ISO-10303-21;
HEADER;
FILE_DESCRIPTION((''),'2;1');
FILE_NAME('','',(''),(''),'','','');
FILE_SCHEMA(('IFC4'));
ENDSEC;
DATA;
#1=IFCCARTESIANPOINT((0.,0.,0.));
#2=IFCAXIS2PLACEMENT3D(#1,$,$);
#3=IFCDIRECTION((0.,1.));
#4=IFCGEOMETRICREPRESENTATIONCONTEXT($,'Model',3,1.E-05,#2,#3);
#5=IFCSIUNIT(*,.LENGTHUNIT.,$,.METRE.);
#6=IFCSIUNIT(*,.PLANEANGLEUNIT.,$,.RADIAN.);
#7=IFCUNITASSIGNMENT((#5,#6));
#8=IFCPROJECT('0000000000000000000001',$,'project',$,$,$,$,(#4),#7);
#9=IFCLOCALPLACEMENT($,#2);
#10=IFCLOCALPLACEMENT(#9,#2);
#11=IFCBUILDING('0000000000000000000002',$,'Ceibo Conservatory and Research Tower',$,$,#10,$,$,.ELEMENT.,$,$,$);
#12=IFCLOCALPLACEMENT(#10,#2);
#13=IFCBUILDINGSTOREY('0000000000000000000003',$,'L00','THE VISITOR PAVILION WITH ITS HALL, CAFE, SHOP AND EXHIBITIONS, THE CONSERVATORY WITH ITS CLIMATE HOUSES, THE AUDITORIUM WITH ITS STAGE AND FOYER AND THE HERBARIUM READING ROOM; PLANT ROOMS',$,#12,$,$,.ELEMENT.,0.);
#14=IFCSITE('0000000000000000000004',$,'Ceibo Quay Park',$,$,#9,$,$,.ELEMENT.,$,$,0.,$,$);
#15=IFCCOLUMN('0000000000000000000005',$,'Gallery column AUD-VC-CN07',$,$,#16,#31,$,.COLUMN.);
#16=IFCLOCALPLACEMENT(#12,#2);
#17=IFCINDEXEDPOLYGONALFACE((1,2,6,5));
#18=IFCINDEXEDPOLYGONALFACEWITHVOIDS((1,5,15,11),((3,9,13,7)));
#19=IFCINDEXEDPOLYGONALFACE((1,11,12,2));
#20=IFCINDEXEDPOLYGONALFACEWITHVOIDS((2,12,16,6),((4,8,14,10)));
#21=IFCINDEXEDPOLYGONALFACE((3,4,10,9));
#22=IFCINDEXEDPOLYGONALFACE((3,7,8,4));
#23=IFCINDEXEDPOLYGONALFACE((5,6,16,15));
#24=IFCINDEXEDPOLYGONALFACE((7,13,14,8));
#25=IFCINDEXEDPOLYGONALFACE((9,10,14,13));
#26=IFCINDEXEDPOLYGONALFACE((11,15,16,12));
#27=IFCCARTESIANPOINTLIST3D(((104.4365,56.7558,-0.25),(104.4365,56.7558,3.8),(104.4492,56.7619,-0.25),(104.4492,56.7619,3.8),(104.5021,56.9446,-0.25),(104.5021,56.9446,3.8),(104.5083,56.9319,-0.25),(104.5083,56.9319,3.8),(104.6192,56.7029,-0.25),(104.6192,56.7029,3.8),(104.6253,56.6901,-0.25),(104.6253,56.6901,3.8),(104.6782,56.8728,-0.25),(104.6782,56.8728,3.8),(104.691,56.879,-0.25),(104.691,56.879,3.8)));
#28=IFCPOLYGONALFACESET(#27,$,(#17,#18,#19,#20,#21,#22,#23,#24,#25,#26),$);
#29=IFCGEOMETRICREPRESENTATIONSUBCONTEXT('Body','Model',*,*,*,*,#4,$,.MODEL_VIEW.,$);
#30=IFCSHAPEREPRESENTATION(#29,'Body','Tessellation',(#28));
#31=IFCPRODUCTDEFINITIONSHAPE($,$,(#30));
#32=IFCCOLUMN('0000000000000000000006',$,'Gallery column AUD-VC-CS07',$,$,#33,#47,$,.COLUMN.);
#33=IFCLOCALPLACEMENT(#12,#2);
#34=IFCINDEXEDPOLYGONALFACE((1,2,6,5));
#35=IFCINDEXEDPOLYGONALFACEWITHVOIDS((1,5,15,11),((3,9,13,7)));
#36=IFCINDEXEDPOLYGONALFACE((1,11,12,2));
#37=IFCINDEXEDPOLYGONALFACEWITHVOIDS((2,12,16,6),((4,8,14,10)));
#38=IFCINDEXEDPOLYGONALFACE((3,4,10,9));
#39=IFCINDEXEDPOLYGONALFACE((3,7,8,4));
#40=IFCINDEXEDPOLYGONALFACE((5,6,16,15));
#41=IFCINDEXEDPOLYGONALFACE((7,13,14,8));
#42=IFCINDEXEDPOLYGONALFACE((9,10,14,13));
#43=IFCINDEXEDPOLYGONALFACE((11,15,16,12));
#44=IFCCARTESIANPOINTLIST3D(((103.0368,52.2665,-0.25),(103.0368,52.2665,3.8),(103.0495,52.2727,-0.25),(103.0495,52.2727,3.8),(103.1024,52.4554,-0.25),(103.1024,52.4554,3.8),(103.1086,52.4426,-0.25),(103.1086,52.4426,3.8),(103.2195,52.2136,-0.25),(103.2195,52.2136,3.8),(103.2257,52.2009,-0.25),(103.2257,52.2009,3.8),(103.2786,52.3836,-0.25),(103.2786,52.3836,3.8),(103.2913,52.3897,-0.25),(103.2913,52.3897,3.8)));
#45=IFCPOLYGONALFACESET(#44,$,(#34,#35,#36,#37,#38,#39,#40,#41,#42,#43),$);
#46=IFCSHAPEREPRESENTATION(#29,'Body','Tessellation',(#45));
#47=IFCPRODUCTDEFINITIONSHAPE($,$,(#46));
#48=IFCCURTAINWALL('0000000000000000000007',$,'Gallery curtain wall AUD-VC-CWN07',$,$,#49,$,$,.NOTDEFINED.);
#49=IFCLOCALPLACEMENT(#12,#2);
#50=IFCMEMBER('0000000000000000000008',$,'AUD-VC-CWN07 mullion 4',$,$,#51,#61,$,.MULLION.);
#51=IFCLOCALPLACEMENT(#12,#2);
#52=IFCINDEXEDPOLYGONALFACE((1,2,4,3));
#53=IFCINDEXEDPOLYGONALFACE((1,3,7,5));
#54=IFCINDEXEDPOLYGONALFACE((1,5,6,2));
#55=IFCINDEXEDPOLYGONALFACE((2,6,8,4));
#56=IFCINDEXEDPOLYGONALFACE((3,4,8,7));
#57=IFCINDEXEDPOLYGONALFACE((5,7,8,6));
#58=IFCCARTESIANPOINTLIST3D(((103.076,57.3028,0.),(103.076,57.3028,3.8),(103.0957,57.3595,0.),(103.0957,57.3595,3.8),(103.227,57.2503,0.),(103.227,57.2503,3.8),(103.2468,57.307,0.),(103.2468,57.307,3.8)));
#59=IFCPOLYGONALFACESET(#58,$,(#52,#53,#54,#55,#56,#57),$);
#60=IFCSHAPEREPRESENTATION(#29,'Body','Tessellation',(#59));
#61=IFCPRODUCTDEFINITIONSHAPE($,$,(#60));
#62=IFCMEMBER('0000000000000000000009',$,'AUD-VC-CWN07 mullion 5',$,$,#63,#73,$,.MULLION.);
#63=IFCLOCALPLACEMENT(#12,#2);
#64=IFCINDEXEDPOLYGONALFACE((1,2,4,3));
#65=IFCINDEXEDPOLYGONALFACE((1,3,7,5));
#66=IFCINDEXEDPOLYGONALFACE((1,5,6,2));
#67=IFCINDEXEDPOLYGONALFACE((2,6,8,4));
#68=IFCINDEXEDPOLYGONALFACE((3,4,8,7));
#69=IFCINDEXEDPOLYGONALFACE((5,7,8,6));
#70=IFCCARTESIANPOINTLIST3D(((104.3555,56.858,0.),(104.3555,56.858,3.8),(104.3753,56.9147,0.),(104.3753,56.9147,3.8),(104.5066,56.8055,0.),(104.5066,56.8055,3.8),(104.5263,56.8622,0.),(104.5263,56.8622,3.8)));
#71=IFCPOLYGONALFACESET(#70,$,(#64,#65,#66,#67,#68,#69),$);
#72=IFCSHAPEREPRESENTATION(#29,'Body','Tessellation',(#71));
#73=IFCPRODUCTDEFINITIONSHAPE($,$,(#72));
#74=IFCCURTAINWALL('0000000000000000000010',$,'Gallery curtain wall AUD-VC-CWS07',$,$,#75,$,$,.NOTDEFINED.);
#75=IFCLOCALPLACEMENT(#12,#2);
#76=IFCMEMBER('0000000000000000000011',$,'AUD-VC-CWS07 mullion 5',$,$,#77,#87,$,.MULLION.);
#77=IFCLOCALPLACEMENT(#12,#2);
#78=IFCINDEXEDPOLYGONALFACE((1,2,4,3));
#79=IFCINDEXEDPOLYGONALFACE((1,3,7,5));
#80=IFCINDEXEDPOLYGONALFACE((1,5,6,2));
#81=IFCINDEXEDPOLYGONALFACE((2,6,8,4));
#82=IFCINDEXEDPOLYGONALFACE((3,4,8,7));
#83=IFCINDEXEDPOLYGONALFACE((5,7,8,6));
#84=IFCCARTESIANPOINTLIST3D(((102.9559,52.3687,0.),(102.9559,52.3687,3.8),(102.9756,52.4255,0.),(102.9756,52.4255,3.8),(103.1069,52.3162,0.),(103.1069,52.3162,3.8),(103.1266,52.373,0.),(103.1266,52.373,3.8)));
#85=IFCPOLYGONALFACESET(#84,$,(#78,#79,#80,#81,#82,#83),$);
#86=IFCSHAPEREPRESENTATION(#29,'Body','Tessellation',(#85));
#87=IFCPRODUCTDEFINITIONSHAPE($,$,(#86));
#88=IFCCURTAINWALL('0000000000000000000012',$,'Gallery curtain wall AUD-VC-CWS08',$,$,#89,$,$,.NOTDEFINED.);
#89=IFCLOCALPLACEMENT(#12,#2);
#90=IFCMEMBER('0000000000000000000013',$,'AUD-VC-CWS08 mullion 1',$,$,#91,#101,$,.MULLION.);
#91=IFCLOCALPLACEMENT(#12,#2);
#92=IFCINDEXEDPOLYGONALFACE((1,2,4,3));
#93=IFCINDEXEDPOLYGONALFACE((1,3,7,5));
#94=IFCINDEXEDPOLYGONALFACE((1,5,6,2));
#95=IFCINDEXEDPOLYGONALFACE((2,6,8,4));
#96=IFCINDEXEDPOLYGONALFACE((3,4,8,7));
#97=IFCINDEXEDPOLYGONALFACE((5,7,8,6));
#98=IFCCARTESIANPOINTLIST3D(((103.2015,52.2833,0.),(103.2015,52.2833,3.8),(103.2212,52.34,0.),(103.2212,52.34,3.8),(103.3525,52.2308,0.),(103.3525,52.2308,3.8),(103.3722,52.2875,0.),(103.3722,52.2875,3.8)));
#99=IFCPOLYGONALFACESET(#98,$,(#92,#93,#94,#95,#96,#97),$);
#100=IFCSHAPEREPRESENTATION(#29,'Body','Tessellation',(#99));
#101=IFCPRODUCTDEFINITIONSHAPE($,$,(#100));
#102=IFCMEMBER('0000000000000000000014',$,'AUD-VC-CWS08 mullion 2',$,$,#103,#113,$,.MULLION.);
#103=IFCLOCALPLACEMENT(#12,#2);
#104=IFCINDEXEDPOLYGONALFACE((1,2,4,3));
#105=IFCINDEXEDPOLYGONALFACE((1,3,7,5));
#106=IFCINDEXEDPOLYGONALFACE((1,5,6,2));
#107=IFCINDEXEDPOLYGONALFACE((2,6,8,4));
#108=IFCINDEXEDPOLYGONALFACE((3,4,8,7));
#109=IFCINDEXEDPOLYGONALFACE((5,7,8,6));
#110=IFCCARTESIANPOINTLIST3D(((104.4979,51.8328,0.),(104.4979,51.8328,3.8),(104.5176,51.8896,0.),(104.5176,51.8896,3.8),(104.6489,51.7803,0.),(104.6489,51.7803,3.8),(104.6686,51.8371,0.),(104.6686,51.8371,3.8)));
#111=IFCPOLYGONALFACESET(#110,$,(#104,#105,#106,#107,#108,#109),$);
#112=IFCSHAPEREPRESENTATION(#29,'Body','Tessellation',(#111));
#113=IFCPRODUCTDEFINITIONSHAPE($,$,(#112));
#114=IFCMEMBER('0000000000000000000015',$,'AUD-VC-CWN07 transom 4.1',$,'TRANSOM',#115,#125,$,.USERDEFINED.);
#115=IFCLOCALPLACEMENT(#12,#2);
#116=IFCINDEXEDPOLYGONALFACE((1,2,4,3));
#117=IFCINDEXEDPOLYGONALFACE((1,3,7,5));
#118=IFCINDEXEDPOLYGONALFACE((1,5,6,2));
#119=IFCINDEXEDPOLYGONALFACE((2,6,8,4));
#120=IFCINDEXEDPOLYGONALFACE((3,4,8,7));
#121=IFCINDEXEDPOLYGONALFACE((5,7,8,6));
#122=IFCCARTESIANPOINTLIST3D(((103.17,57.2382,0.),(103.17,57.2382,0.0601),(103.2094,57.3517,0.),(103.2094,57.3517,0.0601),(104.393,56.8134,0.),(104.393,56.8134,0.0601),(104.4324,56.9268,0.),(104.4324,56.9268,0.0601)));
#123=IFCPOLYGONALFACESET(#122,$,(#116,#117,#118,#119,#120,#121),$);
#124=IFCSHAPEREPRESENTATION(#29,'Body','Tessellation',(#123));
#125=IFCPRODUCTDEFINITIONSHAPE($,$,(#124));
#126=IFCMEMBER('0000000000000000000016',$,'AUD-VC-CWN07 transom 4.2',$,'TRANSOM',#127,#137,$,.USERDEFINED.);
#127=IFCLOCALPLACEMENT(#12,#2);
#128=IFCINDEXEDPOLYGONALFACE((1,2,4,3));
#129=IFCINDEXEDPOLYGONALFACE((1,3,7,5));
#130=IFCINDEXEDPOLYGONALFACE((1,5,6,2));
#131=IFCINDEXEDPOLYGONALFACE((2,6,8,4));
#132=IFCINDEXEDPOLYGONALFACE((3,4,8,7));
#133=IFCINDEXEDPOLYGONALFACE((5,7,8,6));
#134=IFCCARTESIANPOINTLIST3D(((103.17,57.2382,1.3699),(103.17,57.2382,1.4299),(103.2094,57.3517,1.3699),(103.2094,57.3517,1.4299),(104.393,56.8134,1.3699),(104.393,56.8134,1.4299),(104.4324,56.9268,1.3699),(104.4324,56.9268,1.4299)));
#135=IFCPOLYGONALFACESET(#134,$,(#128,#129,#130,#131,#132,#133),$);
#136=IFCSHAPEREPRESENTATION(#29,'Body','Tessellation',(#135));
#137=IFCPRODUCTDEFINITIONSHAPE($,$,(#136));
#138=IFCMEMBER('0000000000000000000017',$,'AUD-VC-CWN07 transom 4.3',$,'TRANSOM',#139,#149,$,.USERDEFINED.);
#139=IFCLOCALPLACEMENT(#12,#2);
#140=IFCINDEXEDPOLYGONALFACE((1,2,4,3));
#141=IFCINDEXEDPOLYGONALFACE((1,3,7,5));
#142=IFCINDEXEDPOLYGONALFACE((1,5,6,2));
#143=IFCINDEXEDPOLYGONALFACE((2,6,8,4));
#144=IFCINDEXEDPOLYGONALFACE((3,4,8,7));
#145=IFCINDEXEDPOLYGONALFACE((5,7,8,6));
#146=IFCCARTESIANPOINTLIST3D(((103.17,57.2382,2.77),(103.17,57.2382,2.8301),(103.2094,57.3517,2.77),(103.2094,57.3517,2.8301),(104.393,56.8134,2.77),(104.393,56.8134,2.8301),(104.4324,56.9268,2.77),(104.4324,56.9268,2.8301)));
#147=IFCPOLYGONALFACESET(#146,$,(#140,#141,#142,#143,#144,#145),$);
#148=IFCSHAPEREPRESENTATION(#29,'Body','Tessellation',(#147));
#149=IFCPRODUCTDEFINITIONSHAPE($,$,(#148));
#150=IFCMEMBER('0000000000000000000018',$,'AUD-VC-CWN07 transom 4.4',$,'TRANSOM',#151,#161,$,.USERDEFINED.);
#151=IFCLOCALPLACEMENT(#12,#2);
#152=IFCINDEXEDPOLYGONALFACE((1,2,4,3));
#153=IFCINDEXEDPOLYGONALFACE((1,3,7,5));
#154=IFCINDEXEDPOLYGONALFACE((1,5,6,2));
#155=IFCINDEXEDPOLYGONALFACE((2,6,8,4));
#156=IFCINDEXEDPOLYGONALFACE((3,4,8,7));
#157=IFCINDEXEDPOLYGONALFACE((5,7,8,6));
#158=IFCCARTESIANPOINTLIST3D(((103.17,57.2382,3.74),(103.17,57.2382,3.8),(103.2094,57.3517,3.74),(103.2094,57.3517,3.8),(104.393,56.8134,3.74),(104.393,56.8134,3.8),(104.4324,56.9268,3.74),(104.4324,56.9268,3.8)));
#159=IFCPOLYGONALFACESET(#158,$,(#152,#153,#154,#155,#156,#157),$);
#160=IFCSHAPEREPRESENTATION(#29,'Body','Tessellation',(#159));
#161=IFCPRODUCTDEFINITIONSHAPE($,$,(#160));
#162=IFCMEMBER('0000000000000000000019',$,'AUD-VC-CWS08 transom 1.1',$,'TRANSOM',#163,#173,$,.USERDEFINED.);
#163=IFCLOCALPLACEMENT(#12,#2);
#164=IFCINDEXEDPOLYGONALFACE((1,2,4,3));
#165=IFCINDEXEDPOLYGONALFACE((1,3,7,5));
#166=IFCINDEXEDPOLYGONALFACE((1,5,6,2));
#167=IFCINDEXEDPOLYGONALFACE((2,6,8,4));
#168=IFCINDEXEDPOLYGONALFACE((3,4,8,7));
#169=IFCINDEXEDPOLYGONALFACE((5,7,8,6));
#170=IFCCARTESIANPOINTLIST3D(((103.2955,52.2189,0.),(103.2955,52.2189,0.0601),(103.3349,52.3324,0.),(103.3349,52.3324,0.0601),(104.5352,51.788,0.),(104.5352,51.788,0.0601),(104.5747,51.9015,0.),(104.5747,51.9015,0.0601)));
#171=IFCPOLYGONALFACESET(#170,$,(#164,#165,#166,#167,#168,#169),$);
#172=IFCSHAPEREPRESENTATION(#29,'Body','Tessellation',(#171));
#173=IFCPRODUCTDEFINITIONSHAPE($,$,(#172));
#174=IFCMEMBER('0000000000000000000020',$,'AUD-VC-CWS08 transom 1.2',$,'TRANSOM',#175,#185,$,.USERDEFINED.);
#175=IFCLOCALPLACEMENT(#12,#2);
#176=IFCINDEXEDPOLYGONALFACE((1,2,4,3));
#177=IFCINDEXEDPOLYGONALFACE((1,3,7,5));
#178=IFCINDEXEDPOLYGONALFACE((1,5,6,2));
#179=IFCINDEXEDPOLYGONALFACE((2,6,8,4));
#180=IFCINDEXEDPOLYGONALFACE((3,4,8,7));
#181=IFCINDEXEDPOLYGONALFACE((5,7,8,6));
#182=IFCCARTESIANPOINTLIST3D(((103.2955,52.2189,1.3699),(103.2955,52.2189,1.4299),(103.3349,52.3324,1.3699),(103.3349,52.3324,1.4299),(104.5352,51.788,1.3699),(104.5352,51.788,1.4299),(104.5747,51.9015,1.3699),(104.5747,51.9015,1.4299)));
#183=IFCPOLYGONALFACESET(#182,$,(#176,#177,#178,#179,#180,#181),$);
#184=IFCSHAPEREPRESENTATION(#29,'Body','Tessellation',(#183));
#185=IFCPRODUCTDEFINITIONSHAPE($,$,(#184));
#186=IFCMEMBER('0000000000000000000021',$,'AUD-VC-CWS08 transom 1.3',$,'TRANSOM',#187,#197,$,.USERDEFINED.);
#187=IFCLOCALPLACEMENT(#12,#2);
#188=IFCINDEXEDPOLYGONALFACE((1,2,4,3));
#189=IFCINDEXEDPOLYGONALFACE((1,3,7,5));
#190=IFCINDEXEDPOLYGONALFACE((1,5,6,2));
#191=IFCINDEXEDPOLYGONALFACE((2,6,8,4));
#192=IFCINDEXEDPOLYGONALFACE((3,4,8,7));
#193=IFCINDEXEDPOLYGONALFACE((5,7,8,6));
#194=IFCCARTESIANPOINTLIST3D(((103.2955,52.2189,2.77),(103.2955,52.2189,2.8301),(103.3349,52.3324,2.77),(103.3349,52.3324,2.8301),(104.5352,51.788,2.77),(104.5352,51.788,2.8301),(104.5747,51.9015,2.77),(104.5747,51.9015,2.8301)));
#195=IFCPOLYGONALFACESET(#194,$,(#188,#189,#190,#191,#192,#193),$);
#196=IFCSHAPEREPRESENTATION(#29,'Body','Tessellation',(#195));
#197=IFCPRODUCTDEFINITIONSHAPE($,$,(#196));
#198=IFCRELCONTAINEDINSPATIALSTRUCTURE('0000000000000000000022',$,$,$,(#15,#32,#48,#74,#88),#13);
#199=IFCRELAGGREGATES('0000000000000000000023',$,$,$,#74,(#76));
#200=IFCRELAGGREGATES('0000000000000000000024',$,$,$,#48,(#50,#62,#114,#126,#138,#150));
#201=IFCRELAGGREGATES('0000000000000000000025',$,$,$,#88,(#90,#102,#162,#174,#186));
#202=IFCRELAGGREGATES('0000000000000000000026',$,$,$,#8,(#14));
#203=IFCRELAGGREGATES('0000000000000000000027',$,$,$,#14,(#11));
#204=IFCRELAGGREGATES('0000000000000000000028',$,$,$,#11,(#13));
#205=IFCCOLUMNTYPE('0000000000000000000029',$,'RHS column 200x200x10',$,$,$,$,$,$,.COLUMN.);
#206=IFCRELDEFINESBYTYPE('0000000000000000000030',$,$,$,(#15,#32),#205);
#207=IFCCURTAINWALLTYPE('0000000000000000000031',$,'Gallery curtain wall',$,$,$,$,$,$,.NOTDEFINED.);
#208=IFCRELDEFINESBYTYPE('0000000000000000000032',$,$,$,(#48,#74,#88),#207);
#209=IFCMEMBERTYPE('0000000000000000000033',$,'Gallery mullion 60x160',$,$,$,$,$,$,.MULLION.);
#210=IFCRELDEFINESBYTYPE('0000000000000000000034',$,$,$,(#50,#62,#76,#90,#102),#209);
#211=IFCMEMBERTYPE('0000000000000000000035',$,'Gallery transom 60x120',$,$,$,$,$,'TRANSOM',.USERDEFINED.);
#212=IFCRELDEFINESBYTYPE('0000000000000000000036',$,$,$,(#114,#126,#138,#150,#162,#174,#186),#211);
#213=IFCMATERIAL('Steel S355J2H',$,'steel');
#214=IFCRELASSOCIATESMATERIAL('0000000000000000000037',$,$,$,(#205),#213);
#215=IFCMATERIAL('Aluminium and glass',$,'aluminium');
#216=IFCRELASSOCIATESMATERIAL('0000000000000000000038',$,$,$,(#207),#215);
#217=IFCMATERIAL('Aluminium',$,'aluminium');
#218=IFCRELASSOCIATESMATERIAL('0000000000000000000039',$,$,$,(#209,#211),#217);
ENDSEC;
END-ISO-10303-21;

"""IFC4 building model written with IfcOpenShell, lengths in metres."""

from ifc_helpers import new_model, si_unit, direction, frame, origin, origin_2d, place, context, subcontext, project, spatial, rectangle, hollow_rectangle, extrude, material, material_profile, profile_set, type_object, element, aggregate, save


model = new_model("IFC4")

# Units and contexts
model_context = context("Model", 3, precision=1e-05, world=origin(), true_north=direction((0.0, 1.0)))
body_context = subcontext(model_context, "Body", "Model", "MODEL_VIEW")
ifc_project = project(units=[si_unit("LENGTHUNIT", "METRE"), si_unit("PLANEANGLEUNIT", "RADIAN")], contexts=[model_context])

# Site, building, storey
site_placement = place(None, origin())
site = spatial("IfcSite", under=ifc_project, at=site_placement, Name="Ceibo Quay Park", CompositionType="ELEMENT", RefElevation=0.0)
building_placement = place(site_placement, origin())
building = spatial("IfcBuilding", under=site, at=building_placement, Name="Ceibo Conservatory and Research Tower", CompositionType="ELEMENT")
storey_placement = place(building_placement, origin())
storey = spatial("IfcBuildingStorey", under=building, at=storey_placement, Name="L00", Description="THE VISITOR PAVILION WITH ITS HALL, CAFE, SHOP AND EXHIBITIONS, THE CONSERVATORY WITH ITS CLIMATE HOUSES, THE AUDITORIUM WITH ITS STAGE AND FOYER AND THE HERBARIUM READING ROOM; PLANT ROOMS", CompositionType="ELEMENT", Elevation=0.0)

# Columns
ifc_material_1 = material(Name="Steel S355J2H", Category="steel")
ifc_material_profile_1 = material_profile(ifc_material_1, hollow_rectangle(XDim=0.2, YDim=0.2, WallThickness=0.01, at=origin_2d()), Name="RHS column 200x200x10")
ifc_profile_set_1 = profile_set([ifc_material_profile_1], Name="Steel S355J2H")
column_type = type_object("IfcColumnType", Name="RHS column 200x200x10", PredefinedType="COLUMN", material=ifc_profile_set_1)
for number, where, z_axis, x_axis, name in (
    (1, (104.5637, 56.8174, -0.25), (0.0, 0.0, 1.0), (0.944579, -0.328284, 0.0), "Gallery column AUD-VC-CN07"),
    (2, (103.1641, 52.3281, -0.25), (0.0, 0.0, 1.0), (0.944579, -0.328284, 0.0), "Gallery column AUD-VC-CS07"),
):
    element("IfcColumn", number, at=place(storey_placement, frame(where, z_axis=z_axis, x_axis=x_axis)), inside=storey, type_object=column_type, Name=name, PredefinedType="COLUMN", context=body_context, shape_type="SweptSolid", body=[
        extrude(hollow_rectangle(XDim=0.2, YDim=0.2, WallThickness=0.01, at=origin_2d()), origin(), (0.0, 0.0, 1.0), 4.05),
    ])

# Curtain wall, members
ifc_material_2 = material(Name="Aluminium and glass", Category="aluminium")
curtain_wall_type = type_object("IfcCurtainWallType", Name="Gallery curtain wall", PredefinedType="NOTDEFINED", material=ifc_material_2)
curtain_wall_1_placement = place(storey_placement, origin())
curtain_wall_1 = element("IfcCurtainWall", 3, at=curtain_wall_1_placement, inside=storey, type_object=curtain_wall_type, Name="Gallery curtain wall AUD-VC-CWN07", PredefinedType="NOTDEFINED")
ifc_material_3 = material(Name="Aluminium", Category="aluminium")
ifc_material_profile_2 = material_profile(ifc_material_3, rectangle(XDim=0.0601, YDim=0.1599, at=origin_2d()), Name="AL 60x160")
ifc_profile_set_2 = profile_set([ifc_material_profile_2], Name="Aluminium")
member_type_1 = type_object("IfcMemberType", Name="Gallery mullion 60x160", PredefinedType="MULLION", material=ifc_profile_set_2)
member_1_placement = place(storey_placement, frame((103.1614, 57.3049, 0.0), z_axis=(0.0, 0.0, 1.0), x_axis=(0.328284, 0.944579, 0.0)))
member_1 = element("IfcMember", 4, at=member_1_placement, type_object=member_type_1, Name="AUD-VC-CWN07 mullion 4", PredefinedType="MULLION", context=body_context, shape_type="SweptSolid", body=[
    extrude(rectangle(XDim=0.0601, YDim=0.1599, at=origin_2d()), origin(), (0.0, 0.0, 1.0), 3.8),
])
member_2_placement = place(storey_placement, frame((104.4409, 56.8601, 0.0), z_axis=(0.0, 0.0, 1.0), x_axis=(0.328284, 0.944579, 0.0)))
member_2 = element("IfcMember", 5, at=member_2_placement, type_object=member_type_1, Name="AUD-VC-CWN07 mullion 5", PredefinedType="MULLION", context=body_context, shape_type="SweptSolid", body=[
    extrude(rectangle(XDim=0.0601, YDim=0.1599, at=origin_2d()), origin(), (0.0, 0.0, 1.0), 3.8),
])

# Curtain wall, member
curtain_wall_2_placement = place(storey_placement, origin())
curtain_wall_2 = element("IfcCurtainWall", 6, at=curtain_wall_2_placement, inside=storey, type_object=curtain_wall_type, Name="Gallery curtain wall AUD-VC-CWS07", PredefinedType="NOTDEFINED")
member_3_placement = place(storey_placement, frame((103.0413, 52.3708, 0.0), z_axis=(0.0, 0.0, 1.0), x_axis=(0.328284, 0.944579, 0.0)))
member_3 = element("IfcMember", 7, at=member_3_placement, type_object=member_type_1, Name="AUD-VC-CWS07 mullion 5", PredefinedType="MULLION", context=body_context, shape_type="SweptSolid", body=[
    extrude(rectangle(XDim=0.0601, YDim=0.1599, at=origin_2d()), origin(), (0.0, 0.0, 1.0), 3.8),
])
aggregate(curtain_wall_2, [member_3])

# Curtain wall, members
curtain_wall_3_placement = place(storey_placement, origin())
curtain_wall_3 = element("IfcCurtainWall", 8, at=curtain_wall_3_placement, inside=storey, type_object=curtain_wall_type, Name="Gallery curtain wall AUD-VC-CWS08", PredefinedType="NOTDEFINED")
member_4_placement = place(storey_placement, frame((103.2869, 52.2854, 0.0), z_axis=(0.0, 0.0, 1.0), x_axis=(0.328284, 0.944579, 0.0)))
member_4 = element("IfcMember", 9, at=member_4_placement, type_object=member_type_1, Name="AUD-VC-CWS08 mullion 1", PredefinedType="MULLION", context=body_context, shape_type="SweptSolid", body=[
    extrude(rectangle(XDim=0.0601, YDim=0.1599, at=origin_2d()), origin(), (0.0, 0.0, 1.0), 3.8),
])
member_5_placement = place(storey_placement, frame((104.5833, 51.835, 0.0), z_axis=(0.0, 0.0, 1.0), x_axis=(0.328284, 0.944579, 0.0)))
member_5 = element("IfcMember", 10, at=member_5_placement, type_object=member_type_1, Name="AUD-VC-CWS08 mullion 2", PredefinedType="MULLION", context=body_context, shape_type="SweptSolid", body=[
    extrude(rectangle(XDim=0.0601, YDim=0.1599, at=origin_2d()), origin(), (0.0, 0.0, 1.0), 3.8),
])

# Members
ifc_material_profile_3 = material_profile(ifc_material_3, rectangle(XDim=0.1201, YDim=0.0601, at=origin_2d()), Name="AL 60x120")
ifc_profile_set_3 = profile_set([ifc_material_profile_3], Name="Aluminium")
member_type_2 = type_object("IfcMemberType", Name="Gallery transom 60x120", ElementType="TRANSOM", PredefinedType="USERDEFINED", material=ifc_profile_set_3)
member_6_placement = place(storey_placement, frame((103.1897, 57.2949, 0.03), z_axis=(0.944629, -0.32814, 0.0), x_axis=(0.32814, 0.944629, 0.0)))
member_6 = element("IfcMember", 11, at=member_6_placement, type_object=member_type_2, Name="AUD-VC-CWN07 transom 4.1", ObjectType="TRANSOM", PredefinedType="USERDEFINED", context=body_context, shape_type="SweptSolid", body=[
    extrude(rectangle(XDim=0.1201, YDim=0.0601, at=origin_2d()), origin(), (0.0, 0.0, 1.0), 1.2947),
])
member_7_placement = place(storey_placement, frame((103.1897, 57.2949, 1.3999), z_axis=(0.944629, -0.32814, 0.0), x_axis=(0.32814, 0.944629, 0.0)))
member_7 = element("IfcMember", 12, at=member_7_placement, type_object=member_type_2, Name="AUD-VC-CWN07 transom 4.2", ObjectType="TRANSOM", PredefinedType="USERDEFINED", context=body_context, shape_type="SweptSolid", body=[
    extrude(rectangle(XDim=0.1201, YDim=0.0601, at=origin_2d()), origin(), (0.0, 0.0, 1.0), 1.2947),
])
member_8_placement = place(storey_placement, frame((103.1897, 57.2949, 2.8), z_axis=(0.944629, -0.32814, 0.0), x_axis=(0.32814, 0.944629, 0.0)))
member_8 = element("IfcMember", 13, at=member_8_placement, type_object=member_type_2, Name="AUD-VC-CWN07 transom 4.3", ObjectType="TRANSOM", PredefinedType="USERDEFINED", context=body_context, shape_type="SweptSolid", body=[
    extrude(rectangle(XDim=0.1201, YDim=0.0601, at=origin_2d()), origin(), (0.0, 0.0, 1.0), 1.2947),
])
member_9_placement = place(storey_placement, frame((103.1897, 57.2949, 3.77), z_axis=(0.944629, -0.32814, 0.0), x_axis=(0.32814, 0.944629, 0.0)))
member_9 = element("IfcMember", 14, at=member_9_placement, type_object=member_type_2, Name="AUD-VC-CWN07 transom 4.4", ObjectType="TRANSOM", PredefinedType="USERDEFINED", context=body_context, shape_type="SweptSolid", body=[
    extrude(rectangle(XDim=0.1201, YDim=0.0601, at=origin_2d()), origin(), (0.0, 0.0, 1.0), 1.2947),
])
member_10_placement = place(storey_placement, frame((103.3152, 52.2756, 0.03), z_axis=(0.94457, -0.328311, 0.0), x_axis=(0.328311, 0.94457, 0.0)))
member_10 = element("IfcMember", 15, at=member_10_placement, type_object=member_type_2, Name="AUD-VC-CWS08 transom 1.1", ObjectType="TRANSOM", PredefinedType="USERDEFINED", context=body_context, shape_type="SweptSolid", body=[
    extrude(rectangle(XDim=0.1201, YDim=0.0601, at=origin_2d()), origin(), (0.0, 0.0, 1.0), 1.3125),
])
member_11_placement = place(storey_placement, frame((103.3152, 52.2756, 1.3999), z_axis=(0.94457, -0.328311, 0.0), x_axis=(0.328311, 0.94457, 0.0)))
member_11 = element("IfcMember", 16, at=member_11_placement, type_object=member_type_2, Name="AUD-VC-CWS08 transom 1.2", ObjectType="TRANSOM", PredefinedType="USERDEFINED", context=body_context, shape_type="SweptSolid", body=[
    extrude(rectangle(XDim=0.1201, YDim=0.0601, at=origin_2d()), origin(), (0.0, 0.0, 1.0), 1.3125),
])
member_12_placement = place(storey_placement, frame((103.3152, 52.2756, 2.8), z_axis=(0.94457, -0.328311, 0.0), x_axis=(0.328311, 0.94457, 0.0)))
member_12 = element("IfcMember", 17, at=member_12_placement, type_object=member_type_2, Name="AUD-VC-CWS08 transom 1.3", ObjectType="TRANSOM", PredefinedType="USERDEFINED", context=body_context, shape_type="SweptSolid", body=[
    extrude(rectangle(XDim=0.1201, YDim=0.0601, at=origin_2d()), origin(), (0.0, 0.0, 1.0), 1.3125),
])

aggregate(curtain_wall_1, [member_1, member_2, member_6, member_7, member_8, member_9])
aggregate(curtain_wall_3, [member_4, member_5, member_10, member_11, member_12])

save(model, "model.ifc")
